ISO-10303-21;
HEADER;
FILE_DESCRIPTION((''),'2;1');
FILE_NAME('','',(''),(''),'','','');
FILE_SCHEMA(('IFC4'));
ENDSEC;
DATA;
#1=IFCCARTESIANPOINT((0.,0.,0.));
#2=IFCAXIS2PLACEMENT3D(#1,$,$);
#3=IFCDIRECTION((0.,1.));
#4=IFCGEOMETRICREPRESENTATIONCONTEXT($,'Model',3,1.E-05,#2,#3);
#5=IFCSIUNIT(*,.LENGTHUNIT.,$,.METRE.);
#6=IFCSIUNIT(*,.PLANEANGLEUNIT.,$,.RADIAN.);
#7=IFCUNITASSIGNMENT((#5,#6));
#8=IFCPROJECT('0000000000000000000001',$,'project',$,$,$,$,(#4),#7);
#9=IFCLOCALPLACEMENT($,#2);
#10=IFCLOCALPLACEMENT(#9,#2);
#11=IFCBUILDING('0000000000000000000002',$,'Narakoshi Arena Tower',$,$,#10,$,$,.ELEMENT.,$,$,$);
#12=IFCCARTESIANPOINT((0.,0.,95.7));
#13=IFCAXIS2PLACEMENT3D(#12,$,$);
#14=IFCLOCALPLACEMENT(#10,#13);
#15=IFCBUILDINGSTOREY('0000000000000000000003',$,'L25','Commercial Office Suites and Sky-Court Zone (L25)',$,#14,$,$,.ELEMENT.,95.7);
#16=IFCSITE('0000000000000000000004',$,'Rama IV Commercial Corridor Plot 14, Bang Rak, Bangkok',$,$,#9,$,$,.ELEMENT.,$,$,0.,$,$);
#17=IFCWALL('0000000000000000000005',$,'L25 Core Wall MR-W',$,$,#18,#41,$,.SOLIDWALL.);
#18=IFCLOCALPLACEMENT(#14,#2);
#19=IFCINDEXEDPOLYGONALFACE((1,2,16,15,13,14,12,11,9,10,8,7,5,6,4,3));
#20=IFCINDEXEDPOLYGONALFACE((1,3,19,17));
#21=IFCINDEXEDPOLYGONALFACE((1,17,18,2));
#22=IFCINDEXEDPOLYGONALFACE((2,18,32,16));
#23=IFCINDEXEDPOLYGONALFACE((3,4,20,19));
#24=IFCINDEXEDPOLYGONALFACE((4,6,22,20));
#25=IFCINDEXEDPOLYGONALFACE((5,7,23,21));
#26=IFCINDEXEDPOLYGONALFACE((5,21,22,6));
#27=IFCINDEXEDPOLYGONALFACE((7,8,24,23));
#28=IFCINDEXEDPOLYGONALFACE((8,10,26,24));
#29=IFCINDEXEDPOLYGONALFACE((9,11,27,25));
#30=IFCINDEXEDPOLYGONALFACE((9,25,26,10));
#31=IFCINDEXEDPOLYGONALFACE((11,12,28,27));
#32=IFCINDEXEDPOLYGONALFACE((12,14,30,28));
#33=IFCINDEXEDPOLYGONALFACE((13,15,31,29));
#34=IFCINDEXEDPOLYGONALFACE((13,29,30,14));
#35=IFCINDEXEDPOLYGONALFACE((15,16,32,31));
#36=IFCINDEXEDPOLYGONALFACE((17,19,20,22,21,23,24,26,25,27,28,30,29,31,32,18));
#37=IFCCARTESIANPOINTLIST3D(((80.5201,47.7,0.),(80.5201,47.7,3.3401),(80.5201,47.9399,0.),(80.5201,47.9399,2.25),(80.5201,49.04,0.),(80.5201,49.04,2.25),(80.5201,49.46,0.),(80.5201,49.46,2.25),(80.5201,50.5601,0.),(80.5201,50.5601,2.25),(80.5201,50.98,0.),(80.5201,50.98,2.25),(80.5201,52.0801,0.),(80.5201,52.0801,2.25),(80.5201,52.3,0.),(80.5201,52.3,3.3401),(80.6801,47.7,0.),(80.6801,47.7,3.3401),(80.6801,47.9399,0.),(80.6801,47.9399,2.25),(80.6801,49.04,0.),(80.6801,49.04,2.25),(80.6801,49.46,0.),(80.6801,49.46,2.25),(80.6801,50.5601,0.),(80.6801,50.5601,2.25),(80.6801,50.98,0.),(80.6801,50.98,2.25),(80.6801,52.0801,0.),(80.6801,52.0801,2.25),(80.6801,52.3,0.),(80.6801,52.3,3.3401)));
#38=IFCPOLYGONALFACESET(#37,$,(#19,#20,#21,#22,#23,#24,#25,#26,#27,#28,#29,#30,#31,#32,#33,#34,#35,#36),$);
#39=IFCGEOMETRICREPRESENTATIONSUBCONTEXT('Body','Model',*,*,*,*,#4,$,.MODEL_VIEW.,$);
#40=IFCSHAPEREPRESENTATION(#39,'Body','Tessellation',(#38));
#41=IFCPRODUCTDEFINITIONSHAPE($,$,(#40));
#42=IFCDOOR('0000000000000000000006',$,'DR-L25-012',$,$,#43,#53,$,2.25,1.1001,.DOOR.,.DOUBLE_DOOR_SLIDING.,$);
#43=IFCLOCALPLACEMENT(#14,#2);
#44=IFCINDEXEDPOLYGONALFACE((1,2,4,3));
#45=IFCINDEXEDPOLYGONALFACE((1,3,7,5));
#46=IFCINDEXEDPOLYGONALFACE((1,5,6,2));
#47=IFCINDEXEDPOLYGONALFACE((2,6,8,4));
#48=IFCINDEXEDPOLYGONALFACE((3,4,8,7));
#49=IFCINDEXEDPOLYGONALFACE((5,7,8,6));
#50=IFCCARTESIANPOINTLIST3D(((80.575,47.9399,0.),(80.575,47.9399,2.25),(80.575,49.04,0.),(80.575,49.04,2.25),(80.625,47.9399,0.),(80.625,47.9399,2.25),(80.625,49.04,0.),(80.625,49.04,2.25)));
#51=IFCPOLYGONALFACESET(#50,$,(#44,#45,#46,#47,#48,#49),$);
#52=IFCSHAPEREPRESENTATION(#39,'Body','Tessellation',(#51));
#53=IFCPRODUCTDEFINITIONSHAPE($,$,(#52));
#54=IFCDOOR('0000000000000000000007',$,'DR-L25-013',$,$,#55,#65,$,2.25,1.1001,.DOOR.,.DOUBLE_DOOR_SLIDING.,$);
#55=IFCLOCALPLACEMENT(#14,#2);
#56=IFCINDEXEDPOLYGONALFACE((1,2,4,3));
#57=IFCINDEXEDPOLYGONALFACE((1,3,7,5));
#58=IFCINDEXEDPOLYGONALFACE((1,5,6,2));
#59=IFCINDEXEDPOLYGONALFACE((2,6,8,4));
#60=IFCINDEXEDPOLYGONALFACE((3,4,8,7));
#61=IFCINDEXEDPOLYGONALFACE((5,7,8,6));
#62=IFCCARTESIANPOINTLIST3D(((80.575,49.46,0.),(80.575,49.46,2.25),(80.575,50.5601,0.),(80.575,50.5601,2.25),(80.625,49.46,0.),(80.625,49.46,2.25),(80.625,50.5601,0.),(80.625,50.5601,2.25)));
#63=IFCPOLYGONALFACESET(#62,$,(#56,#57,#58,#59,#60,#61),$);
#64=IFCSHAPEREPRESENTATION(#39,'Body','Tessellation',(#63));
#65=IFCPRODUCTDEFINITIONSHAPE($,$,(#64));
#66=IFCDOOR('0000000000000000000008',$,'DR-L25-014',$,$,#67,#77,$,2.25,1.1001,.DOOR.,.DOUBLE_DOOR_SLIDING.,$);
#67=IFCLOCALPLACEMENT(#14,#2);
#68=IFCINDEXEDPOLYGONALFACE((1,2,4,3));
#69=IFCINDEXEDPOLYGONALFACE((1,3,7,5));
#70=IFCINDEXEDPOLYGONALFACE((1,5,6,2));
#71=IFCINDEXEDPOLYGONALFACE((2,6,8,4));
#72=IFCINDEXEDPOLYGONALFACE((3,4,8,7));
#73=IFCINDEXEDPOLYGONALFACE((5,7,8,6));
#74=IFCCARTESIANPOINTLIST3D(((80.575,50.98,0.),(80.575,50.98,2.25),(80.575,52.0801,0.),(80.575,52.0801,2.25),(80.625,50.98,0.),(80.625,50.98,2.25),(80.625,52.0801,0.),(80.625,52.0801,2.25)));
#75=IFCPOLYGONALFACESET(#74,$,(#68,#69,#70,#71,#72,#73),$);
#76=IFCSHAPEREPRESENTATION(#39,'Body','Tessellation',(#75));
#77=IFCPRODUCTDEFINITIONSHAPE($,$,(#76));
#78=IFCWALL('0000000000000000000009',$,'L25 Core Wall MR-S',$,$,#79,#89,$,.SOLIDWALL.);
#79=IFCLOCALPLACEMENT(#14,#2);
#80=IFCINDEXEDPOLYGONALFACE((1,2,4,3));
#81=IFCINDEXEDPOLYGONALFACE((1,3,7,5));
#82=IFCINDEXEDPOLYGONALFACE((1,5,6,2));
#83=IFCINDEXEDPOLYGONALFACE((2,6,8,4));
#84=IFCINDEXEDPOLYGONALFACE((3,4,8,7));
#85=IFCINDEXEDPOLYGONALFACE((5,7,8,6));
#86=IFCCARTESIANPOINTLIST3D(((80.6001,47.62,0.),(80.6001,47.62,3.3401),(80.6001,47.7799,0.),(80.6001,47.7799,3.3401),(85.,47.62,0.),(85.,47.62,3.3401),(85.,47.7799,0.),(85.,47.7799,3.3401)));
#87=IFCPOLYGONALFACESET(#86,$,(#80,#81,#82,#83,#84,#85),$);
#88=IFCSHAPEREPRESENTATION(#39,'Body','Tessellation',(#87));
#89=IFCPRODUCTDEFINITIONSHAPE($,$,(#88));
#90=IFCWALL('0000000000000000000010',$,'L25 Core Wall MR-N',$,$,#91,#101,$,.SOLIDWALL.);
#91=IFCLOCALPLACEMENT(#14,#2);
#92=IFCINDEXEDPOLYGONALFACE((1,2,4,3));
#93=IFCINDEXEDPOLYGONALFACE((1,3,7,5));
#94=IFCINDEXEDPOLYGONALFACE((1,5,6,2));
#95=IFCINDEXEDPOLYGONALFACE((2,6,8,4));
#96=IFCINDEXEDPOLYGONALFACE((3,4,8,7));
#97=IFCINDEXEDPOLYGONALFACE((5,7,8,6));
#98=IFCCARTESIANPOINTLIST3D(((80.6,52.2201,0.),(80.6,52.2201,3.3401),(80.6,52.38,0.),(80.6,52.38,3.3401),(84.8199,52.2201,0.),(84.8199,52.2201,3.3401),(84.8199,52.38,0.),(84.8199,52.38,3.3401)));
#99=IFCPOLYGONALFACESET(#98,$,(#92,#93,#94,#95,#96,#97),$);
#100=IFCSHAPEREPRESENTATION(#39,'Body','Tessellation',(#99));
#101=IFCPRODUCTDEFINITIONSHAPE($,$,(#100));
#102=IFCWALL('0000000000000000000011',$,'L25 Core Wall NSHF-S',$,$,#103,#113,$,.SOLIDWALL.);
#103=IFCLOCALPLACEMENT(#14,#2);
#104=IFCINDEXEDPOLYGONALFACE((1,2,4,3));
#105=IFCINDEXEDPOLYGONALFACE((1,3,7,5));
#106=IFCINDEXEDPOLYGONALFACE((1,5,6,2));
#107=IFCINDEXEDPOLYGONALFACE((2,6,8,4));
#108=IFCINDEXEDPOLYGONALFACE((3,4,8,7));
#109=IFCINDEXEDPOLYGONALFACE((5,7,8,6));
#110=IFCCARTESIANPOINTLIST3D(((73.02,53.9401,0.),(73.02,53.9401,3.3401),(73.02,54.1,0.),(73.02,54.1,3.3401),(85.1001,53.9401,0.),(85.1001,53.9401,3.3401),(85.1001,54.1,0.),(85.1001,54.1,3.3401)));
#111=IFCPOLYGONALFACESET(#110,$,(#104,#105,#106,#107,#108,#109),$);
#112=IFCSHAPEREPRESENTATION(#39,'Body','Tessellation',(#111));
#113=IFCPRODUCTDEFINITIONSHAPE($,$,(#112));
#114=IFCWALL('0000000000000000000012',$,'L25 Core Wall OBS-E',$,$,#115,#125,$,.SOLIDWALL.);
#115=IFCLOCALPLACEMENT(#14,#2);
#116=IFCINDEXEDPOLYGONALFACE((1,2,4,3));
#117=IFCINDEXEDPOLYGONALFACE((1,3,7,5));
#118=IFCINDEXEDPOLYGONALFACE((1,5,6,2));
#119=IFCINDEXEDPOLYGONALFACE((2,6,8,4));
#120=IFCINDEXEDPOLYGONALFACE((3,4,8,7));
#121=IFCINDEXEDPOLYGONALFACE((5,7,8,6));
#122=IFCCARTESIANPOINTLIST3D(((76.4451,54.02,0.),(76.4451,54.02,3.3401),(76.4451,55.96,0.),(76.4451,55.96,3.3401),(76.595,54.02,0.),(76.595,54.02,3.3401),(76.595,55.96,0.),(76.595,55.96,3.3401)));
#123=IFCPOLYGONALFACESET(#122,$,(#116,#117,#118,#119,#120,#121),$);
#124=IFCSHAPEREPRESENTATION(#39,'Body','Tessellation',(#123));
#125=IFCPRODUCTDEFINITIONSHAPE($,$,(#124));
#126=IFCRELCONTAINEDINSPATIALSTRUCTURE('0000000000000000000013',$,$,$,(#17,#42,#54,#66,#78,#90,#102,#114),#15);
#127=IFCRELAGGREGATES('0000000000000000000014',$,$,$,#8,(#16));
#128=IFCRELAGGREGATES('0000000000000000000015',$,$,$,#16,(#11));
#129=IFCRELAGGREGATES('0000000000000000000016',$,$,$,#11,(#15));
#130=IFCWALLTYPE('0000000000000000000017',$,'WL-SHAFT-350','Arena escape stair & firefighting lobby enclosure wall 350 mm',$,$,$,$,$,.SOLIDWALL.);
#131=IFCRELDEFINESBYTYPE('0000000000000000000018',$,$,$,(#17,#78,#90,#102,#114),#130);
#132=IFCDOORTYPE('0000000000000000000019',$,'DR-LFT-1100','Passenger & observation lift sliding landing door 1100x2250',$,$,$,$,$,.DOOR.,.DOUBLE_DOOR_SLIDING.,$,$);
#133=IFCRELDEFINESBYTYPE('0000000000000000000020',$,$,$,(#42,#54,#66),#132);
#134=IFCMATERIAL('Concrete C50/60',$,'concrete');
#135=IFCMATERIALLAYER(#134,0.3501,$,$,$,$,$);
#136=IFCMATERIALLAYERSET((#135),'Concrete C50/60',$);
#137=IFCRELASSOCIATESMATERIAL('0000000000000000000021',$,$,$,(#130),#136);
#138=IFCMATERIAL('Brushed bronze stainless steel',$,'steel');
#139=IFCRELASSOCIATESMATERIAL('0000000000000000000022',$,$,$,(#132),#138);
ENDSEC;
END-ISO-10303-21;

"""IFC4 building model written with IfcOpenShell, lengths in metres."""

from ifc_helpers import new_model, si_unit, direction, frame, frame_2d, origin, place, context, subcontext, project, spatial, rectangle, extrude, material, layer, layer_set, type_object, element, fill, save


model = new_model("IFC4")

# Units and contexts
model_context = context("Model", 3, precision=1e-05, world=origin(), true_north=direction((0.0, 1.0)))
body_context = subcontext(model_context, "Body", "Model", "MODEL_VIEW")
ifc_project = project(units=[si_unit("LENGTHUNIT", "METRE"), si_unit("PLANEANGLEUNIT", "RADIAN")], contexts=[model_context])

# Site, building, storey
site_placement = place(None, origin())
site = spatial("IfcSite", under=ifc_project, at=site_placement, Name="Rama IV Commercial Corridor Plot 14, Bang Rak, Bangkok", CompositionType="ELEMENT", RefElevation=0.0)
building_placement = place(site_placement, origin())
building = spatial("IfcBuilding", under=site, at=building_placement, Name="Narakoshi Arena Tower", CompositionType="ELEMENT")
storey_placement = place(building_placement, frame((0.0, 0.0, 95.7)))
storey = spatial("IfcBuildingStorey", under=building, at=storey_placement, Name="L25", Description="Commercial Office Suites and Sky-Court Zone (L25)", CompositionType="ELEMENT", Elevation=95.7)

# Shared definitions
ifc_material_1 = material(Name="Concrete C50/60", Category="concrete")
ifc_layer_1 = layer(ifc_material_1, 0.3501)
ifc_layer_set_1 = layer_set([ifc_layer_1], Name="Concrete C50/60")
wall_type_1 = type_object("IfcWallType", Name="WL-SHAFT-350", Description="Arena escape stair & firefighting lobby enclosure wall 350 mm", PredefinedType="SOLIDWALL", material=ifc_layer_set_1)

# Wall, openings, doors
wall_1_placement = place(storey_placement, frame((80.6001, 47.7, 0.0), z_axis=(0.0, 0.0, 1.0), x_axis=(0.0, 1.0, 0.0)))
wall_1 = element("IfcWall", 1, at=wall_1_placement, inside=storey, type_object=wall_type_1, Name="L25 Core Wall MR-W", PredefinedType="SOLIDWALL", context=body_context, shape_type="SweptSolid", body=[
    extrude(rectangle(XDim=4.6001, YDim=0.1599, at=frame_2d((2.3, 0.0))), origin(), (0.0, 0.0, 1.0), 3.3401),
])
opening_1_placement = place(wall_1_placement, frame((0.24, 0.0, 0.0)))
opening_1 = element("IfcOpeningElement", 2, at=opening_1_placement, cuts=wall_1, PredefinedType="OPENING", context=body_context, shape_type="SweptSolid", body=[
    extrude(rectangle(XDim=1.1001, YDim=2.25, at=frame_2d((0.55, 1.125))), frame((0.0, 0.0898, 0.0), z_axis=(0.0, -1.0, 0.0), x_axis=(1.0, 0.0, 0.0)), (0.0, 0.0, 1.0), 0.1799),
])
opening_2_placement = place(wall_1_placement, frame((1.76, 0.0, 0.0)))
opening_2 = element("IfcOpeningElement", 3, at=opening_2_placement, cuts=wall_1, PredefinedType="OPENING", context=body_context, shape_type="SweptSolid", body=[
    extrude(rectangle(XDim=1.1001, YDim=2.25, at=frame_2d((0.55, 1.125))), frame((0.0, 0.0898, 0.0), z_axis=(0.0, -1.0, 0.0), x_axis=(1.0, 0.0, 0.0)), (0.0, 0.0, 1.0), 0.1799),
])
opening_3_placement = place(wall_1_placement, frame((3.28, 0.0, 0.0)))
opening_3 = element("IfcOpeningElement", 4, at=opening_3_placement, cuts=wall_1, PredefinedType="OPENING", context=body_context, shape_type="SweptSolid", body=[
    extrude(rectangle(XDim=1.1001, YDim=2.25, at=frame_2d((0.55, 1.125))), frame((0.0, 0.0898, 0.0), z_axis=(0.0, -1.0, 0.0), x_axis=(1.0, 0.0, 0.0)), (0.0, 0.0, 1.0), 0.1799),
])
ifc_material_2 = material(Name="Brushed bronze stainless steel", Category="steel")
door_type_1 = type_object("IfcDoorType", Name="DR-LFT-1100", Description="Passenger & observation lift sliding landing door 1100x2250", OperationType="DOUBLE_DOOR_SLIDING", PredefinedType="DOOR", material=ifc_material_2)
door_1_placement = place(opening_1_placement, frame((1.1001, 0.0, 0.0), z_axis=(0.0, 0.0, 1.0), x_axis=(-1.0, 0.0, 0.0)))
door_1 = element("IfcDoor", 5, at=door_1_placement, inside=storey, type_object=door_type_1, Name="DR-L25-012", OperationType="DOUBLE_DOOR_SLIDING", OverallHeight=2.25, OverallWidth=1.1001, PredefinedType="DOOR", context=body_context, shape_type="SweptSolid", body=[
    extrude(rectangle(XDim=1.1001, YDim=2.25, at=frame_2d((0.55, 1.125))), frame((0.0, 0.0249, 0.0), z_axis=(0.0, -1.0, 0.0), x_axis=(1.0, 0.0, 0.0)), (0.0, 0.0, 1.0), 0.05),
])
fill(opening_1, door_1)
door_2_placement = place(opening_2_placement, frame((1.1001, 0.0, 0.0), z_axis=(0.0, 0.0, 1.0), x_axis=(-1.0, 0.0, 0.0)))
door_2 = element("IfcDoor", 6, at=door_2_placement, inside=storey, type_object=door_type_1, Name="DR-L25-013", OperationType="DOUBLE_DOOR_SLIDING", OverallHeight=2.25, OverallWidth=1.1001, PredefinedType="DOOR", context=body_context, shape_type="SweptSolid", body=[
    extrude(rectangle(XDim=1.1001, YDim=2.25, at=frame_2d((0.55, 1.125))), frame((0.0, 0.0249, 0.0), z_axis=(0.0, -1.0, 0.0), x_axis=(1.0, 0.0, 0.0)), (0.0, 0.0, 1.0), 0.05),
])
fill(opening_2, door_2)
door_3_placement = place(opening_3_placement, frame((1.1001, 0.0, 0.0), z_axis=(0.0, 0.0, 1.0), x_axis=(-1.0, 0.0, 0.0)))
door_3 = element("IfcDoor", 7, at=door_3_placement, inside=storey, type_object=door_type_1, Name="DR-L25-014", OperationType="DOUBLE_DOOR_SLIDING", OverallHeight=2.25, OverallWidth=1.1001, PredefinedType="DOOR", context=body_context, shape_type="SweptSolid", body=[
    extrude(rectangle(XDim=1.1001, YDim=2.25, at=frame_2d((0.55, 1.125))), frame((0.0, 0.0249, 0.0), z_axis=(0.0, -1.0, 0.0), x_axis=(1.0, 0.0, 0.0)), (0.0, 0.0, 1.0), 0.05),
])
fill(opening_3, door_3)

# Walls
wall_2_placement = place(storey_placement, frame((80.6001, 47.7, 0.0), z_axis=(0.0, 0.0, 1.0), x_axis=(1.0, 0.0, 0.0)))
element("IfcWall", 8, at=wall_2_placement, inside=storey, type_object=wall_type_1, Name="L25 Core Wall MR-S", PredefinedType="SOLIDWALL", context=body_context, shape_type="SweptSolid", body=[
    extrude(rectangle(XDim=4.3999, YDim=0.1599, at=frame_2d((2.2, 0.0))), origin(), (0.0, 0.0, 1.0), 3.3401),
])
wall_3_placement = place(storey_placement, frame((80.6001, 52.3, 0.0), z_axis=(0.0, 0.0, 1.0), x_axis=(1.0, 0.0, 0.0)))
element("IfcWall", 9, at=wall_3_placement, inside=storey, type_object=wall_type_1, Name="L25 Core Wall MR-N", PredefinedType="SOLIDWALL", context=body_context, shape_type="SweptSolid", body=[
    extrude(rectangle(XDim=4.22, YDim=0.1599, at=frame_2d((2.1099, 0.0))), origin(), (0.0, 0.0, 1.0), 3.3401),
])
wall_4_placement = place(storey_placement, frame((73.02, 54.02, 0.0), z_axis=(0.0, 0.0, 1.0), x_axis=(1.0, 0.0, 0.0)))
element("IfcWall", 10, at=wall_4_placement, inside=storey, type_object=wall_type_1, Name="L25 Core Wall NSHF-S", PredefinedType="SOLIDWALL", context=body_context, shape_type="SweptSolid", body=[
    extrude(rectangle(XDim=12.0801, YDim=0.1599, at=frame_2d((6.04, 0.0))), origin(), (0.0, 0.0, 1.0), 3.3401),
])
wall_5_placement = place(storey_placement, frame((76.52, 54.02, 0.0), z_axis=(0.0, 0.0, 1.0), x_axis=(0.0, 1.0, 0.0)))
element("IfcWall", 11, at=wall_5_placement, inside=storey, type_object=wall_type_1, Name="L25 Core Wall OBS-E", PredefinedType="SOLIDWALL", context=body_context, shape_type="SweptSolid", body=[
    extrude(rectangle(XDim=1.9399, YDim=0.1499, at=frame_2d((0.97, 0.0))), origin(), (0.0, 0.0, 1.0), 3.3401),
])

save(model, "model.ifc")
